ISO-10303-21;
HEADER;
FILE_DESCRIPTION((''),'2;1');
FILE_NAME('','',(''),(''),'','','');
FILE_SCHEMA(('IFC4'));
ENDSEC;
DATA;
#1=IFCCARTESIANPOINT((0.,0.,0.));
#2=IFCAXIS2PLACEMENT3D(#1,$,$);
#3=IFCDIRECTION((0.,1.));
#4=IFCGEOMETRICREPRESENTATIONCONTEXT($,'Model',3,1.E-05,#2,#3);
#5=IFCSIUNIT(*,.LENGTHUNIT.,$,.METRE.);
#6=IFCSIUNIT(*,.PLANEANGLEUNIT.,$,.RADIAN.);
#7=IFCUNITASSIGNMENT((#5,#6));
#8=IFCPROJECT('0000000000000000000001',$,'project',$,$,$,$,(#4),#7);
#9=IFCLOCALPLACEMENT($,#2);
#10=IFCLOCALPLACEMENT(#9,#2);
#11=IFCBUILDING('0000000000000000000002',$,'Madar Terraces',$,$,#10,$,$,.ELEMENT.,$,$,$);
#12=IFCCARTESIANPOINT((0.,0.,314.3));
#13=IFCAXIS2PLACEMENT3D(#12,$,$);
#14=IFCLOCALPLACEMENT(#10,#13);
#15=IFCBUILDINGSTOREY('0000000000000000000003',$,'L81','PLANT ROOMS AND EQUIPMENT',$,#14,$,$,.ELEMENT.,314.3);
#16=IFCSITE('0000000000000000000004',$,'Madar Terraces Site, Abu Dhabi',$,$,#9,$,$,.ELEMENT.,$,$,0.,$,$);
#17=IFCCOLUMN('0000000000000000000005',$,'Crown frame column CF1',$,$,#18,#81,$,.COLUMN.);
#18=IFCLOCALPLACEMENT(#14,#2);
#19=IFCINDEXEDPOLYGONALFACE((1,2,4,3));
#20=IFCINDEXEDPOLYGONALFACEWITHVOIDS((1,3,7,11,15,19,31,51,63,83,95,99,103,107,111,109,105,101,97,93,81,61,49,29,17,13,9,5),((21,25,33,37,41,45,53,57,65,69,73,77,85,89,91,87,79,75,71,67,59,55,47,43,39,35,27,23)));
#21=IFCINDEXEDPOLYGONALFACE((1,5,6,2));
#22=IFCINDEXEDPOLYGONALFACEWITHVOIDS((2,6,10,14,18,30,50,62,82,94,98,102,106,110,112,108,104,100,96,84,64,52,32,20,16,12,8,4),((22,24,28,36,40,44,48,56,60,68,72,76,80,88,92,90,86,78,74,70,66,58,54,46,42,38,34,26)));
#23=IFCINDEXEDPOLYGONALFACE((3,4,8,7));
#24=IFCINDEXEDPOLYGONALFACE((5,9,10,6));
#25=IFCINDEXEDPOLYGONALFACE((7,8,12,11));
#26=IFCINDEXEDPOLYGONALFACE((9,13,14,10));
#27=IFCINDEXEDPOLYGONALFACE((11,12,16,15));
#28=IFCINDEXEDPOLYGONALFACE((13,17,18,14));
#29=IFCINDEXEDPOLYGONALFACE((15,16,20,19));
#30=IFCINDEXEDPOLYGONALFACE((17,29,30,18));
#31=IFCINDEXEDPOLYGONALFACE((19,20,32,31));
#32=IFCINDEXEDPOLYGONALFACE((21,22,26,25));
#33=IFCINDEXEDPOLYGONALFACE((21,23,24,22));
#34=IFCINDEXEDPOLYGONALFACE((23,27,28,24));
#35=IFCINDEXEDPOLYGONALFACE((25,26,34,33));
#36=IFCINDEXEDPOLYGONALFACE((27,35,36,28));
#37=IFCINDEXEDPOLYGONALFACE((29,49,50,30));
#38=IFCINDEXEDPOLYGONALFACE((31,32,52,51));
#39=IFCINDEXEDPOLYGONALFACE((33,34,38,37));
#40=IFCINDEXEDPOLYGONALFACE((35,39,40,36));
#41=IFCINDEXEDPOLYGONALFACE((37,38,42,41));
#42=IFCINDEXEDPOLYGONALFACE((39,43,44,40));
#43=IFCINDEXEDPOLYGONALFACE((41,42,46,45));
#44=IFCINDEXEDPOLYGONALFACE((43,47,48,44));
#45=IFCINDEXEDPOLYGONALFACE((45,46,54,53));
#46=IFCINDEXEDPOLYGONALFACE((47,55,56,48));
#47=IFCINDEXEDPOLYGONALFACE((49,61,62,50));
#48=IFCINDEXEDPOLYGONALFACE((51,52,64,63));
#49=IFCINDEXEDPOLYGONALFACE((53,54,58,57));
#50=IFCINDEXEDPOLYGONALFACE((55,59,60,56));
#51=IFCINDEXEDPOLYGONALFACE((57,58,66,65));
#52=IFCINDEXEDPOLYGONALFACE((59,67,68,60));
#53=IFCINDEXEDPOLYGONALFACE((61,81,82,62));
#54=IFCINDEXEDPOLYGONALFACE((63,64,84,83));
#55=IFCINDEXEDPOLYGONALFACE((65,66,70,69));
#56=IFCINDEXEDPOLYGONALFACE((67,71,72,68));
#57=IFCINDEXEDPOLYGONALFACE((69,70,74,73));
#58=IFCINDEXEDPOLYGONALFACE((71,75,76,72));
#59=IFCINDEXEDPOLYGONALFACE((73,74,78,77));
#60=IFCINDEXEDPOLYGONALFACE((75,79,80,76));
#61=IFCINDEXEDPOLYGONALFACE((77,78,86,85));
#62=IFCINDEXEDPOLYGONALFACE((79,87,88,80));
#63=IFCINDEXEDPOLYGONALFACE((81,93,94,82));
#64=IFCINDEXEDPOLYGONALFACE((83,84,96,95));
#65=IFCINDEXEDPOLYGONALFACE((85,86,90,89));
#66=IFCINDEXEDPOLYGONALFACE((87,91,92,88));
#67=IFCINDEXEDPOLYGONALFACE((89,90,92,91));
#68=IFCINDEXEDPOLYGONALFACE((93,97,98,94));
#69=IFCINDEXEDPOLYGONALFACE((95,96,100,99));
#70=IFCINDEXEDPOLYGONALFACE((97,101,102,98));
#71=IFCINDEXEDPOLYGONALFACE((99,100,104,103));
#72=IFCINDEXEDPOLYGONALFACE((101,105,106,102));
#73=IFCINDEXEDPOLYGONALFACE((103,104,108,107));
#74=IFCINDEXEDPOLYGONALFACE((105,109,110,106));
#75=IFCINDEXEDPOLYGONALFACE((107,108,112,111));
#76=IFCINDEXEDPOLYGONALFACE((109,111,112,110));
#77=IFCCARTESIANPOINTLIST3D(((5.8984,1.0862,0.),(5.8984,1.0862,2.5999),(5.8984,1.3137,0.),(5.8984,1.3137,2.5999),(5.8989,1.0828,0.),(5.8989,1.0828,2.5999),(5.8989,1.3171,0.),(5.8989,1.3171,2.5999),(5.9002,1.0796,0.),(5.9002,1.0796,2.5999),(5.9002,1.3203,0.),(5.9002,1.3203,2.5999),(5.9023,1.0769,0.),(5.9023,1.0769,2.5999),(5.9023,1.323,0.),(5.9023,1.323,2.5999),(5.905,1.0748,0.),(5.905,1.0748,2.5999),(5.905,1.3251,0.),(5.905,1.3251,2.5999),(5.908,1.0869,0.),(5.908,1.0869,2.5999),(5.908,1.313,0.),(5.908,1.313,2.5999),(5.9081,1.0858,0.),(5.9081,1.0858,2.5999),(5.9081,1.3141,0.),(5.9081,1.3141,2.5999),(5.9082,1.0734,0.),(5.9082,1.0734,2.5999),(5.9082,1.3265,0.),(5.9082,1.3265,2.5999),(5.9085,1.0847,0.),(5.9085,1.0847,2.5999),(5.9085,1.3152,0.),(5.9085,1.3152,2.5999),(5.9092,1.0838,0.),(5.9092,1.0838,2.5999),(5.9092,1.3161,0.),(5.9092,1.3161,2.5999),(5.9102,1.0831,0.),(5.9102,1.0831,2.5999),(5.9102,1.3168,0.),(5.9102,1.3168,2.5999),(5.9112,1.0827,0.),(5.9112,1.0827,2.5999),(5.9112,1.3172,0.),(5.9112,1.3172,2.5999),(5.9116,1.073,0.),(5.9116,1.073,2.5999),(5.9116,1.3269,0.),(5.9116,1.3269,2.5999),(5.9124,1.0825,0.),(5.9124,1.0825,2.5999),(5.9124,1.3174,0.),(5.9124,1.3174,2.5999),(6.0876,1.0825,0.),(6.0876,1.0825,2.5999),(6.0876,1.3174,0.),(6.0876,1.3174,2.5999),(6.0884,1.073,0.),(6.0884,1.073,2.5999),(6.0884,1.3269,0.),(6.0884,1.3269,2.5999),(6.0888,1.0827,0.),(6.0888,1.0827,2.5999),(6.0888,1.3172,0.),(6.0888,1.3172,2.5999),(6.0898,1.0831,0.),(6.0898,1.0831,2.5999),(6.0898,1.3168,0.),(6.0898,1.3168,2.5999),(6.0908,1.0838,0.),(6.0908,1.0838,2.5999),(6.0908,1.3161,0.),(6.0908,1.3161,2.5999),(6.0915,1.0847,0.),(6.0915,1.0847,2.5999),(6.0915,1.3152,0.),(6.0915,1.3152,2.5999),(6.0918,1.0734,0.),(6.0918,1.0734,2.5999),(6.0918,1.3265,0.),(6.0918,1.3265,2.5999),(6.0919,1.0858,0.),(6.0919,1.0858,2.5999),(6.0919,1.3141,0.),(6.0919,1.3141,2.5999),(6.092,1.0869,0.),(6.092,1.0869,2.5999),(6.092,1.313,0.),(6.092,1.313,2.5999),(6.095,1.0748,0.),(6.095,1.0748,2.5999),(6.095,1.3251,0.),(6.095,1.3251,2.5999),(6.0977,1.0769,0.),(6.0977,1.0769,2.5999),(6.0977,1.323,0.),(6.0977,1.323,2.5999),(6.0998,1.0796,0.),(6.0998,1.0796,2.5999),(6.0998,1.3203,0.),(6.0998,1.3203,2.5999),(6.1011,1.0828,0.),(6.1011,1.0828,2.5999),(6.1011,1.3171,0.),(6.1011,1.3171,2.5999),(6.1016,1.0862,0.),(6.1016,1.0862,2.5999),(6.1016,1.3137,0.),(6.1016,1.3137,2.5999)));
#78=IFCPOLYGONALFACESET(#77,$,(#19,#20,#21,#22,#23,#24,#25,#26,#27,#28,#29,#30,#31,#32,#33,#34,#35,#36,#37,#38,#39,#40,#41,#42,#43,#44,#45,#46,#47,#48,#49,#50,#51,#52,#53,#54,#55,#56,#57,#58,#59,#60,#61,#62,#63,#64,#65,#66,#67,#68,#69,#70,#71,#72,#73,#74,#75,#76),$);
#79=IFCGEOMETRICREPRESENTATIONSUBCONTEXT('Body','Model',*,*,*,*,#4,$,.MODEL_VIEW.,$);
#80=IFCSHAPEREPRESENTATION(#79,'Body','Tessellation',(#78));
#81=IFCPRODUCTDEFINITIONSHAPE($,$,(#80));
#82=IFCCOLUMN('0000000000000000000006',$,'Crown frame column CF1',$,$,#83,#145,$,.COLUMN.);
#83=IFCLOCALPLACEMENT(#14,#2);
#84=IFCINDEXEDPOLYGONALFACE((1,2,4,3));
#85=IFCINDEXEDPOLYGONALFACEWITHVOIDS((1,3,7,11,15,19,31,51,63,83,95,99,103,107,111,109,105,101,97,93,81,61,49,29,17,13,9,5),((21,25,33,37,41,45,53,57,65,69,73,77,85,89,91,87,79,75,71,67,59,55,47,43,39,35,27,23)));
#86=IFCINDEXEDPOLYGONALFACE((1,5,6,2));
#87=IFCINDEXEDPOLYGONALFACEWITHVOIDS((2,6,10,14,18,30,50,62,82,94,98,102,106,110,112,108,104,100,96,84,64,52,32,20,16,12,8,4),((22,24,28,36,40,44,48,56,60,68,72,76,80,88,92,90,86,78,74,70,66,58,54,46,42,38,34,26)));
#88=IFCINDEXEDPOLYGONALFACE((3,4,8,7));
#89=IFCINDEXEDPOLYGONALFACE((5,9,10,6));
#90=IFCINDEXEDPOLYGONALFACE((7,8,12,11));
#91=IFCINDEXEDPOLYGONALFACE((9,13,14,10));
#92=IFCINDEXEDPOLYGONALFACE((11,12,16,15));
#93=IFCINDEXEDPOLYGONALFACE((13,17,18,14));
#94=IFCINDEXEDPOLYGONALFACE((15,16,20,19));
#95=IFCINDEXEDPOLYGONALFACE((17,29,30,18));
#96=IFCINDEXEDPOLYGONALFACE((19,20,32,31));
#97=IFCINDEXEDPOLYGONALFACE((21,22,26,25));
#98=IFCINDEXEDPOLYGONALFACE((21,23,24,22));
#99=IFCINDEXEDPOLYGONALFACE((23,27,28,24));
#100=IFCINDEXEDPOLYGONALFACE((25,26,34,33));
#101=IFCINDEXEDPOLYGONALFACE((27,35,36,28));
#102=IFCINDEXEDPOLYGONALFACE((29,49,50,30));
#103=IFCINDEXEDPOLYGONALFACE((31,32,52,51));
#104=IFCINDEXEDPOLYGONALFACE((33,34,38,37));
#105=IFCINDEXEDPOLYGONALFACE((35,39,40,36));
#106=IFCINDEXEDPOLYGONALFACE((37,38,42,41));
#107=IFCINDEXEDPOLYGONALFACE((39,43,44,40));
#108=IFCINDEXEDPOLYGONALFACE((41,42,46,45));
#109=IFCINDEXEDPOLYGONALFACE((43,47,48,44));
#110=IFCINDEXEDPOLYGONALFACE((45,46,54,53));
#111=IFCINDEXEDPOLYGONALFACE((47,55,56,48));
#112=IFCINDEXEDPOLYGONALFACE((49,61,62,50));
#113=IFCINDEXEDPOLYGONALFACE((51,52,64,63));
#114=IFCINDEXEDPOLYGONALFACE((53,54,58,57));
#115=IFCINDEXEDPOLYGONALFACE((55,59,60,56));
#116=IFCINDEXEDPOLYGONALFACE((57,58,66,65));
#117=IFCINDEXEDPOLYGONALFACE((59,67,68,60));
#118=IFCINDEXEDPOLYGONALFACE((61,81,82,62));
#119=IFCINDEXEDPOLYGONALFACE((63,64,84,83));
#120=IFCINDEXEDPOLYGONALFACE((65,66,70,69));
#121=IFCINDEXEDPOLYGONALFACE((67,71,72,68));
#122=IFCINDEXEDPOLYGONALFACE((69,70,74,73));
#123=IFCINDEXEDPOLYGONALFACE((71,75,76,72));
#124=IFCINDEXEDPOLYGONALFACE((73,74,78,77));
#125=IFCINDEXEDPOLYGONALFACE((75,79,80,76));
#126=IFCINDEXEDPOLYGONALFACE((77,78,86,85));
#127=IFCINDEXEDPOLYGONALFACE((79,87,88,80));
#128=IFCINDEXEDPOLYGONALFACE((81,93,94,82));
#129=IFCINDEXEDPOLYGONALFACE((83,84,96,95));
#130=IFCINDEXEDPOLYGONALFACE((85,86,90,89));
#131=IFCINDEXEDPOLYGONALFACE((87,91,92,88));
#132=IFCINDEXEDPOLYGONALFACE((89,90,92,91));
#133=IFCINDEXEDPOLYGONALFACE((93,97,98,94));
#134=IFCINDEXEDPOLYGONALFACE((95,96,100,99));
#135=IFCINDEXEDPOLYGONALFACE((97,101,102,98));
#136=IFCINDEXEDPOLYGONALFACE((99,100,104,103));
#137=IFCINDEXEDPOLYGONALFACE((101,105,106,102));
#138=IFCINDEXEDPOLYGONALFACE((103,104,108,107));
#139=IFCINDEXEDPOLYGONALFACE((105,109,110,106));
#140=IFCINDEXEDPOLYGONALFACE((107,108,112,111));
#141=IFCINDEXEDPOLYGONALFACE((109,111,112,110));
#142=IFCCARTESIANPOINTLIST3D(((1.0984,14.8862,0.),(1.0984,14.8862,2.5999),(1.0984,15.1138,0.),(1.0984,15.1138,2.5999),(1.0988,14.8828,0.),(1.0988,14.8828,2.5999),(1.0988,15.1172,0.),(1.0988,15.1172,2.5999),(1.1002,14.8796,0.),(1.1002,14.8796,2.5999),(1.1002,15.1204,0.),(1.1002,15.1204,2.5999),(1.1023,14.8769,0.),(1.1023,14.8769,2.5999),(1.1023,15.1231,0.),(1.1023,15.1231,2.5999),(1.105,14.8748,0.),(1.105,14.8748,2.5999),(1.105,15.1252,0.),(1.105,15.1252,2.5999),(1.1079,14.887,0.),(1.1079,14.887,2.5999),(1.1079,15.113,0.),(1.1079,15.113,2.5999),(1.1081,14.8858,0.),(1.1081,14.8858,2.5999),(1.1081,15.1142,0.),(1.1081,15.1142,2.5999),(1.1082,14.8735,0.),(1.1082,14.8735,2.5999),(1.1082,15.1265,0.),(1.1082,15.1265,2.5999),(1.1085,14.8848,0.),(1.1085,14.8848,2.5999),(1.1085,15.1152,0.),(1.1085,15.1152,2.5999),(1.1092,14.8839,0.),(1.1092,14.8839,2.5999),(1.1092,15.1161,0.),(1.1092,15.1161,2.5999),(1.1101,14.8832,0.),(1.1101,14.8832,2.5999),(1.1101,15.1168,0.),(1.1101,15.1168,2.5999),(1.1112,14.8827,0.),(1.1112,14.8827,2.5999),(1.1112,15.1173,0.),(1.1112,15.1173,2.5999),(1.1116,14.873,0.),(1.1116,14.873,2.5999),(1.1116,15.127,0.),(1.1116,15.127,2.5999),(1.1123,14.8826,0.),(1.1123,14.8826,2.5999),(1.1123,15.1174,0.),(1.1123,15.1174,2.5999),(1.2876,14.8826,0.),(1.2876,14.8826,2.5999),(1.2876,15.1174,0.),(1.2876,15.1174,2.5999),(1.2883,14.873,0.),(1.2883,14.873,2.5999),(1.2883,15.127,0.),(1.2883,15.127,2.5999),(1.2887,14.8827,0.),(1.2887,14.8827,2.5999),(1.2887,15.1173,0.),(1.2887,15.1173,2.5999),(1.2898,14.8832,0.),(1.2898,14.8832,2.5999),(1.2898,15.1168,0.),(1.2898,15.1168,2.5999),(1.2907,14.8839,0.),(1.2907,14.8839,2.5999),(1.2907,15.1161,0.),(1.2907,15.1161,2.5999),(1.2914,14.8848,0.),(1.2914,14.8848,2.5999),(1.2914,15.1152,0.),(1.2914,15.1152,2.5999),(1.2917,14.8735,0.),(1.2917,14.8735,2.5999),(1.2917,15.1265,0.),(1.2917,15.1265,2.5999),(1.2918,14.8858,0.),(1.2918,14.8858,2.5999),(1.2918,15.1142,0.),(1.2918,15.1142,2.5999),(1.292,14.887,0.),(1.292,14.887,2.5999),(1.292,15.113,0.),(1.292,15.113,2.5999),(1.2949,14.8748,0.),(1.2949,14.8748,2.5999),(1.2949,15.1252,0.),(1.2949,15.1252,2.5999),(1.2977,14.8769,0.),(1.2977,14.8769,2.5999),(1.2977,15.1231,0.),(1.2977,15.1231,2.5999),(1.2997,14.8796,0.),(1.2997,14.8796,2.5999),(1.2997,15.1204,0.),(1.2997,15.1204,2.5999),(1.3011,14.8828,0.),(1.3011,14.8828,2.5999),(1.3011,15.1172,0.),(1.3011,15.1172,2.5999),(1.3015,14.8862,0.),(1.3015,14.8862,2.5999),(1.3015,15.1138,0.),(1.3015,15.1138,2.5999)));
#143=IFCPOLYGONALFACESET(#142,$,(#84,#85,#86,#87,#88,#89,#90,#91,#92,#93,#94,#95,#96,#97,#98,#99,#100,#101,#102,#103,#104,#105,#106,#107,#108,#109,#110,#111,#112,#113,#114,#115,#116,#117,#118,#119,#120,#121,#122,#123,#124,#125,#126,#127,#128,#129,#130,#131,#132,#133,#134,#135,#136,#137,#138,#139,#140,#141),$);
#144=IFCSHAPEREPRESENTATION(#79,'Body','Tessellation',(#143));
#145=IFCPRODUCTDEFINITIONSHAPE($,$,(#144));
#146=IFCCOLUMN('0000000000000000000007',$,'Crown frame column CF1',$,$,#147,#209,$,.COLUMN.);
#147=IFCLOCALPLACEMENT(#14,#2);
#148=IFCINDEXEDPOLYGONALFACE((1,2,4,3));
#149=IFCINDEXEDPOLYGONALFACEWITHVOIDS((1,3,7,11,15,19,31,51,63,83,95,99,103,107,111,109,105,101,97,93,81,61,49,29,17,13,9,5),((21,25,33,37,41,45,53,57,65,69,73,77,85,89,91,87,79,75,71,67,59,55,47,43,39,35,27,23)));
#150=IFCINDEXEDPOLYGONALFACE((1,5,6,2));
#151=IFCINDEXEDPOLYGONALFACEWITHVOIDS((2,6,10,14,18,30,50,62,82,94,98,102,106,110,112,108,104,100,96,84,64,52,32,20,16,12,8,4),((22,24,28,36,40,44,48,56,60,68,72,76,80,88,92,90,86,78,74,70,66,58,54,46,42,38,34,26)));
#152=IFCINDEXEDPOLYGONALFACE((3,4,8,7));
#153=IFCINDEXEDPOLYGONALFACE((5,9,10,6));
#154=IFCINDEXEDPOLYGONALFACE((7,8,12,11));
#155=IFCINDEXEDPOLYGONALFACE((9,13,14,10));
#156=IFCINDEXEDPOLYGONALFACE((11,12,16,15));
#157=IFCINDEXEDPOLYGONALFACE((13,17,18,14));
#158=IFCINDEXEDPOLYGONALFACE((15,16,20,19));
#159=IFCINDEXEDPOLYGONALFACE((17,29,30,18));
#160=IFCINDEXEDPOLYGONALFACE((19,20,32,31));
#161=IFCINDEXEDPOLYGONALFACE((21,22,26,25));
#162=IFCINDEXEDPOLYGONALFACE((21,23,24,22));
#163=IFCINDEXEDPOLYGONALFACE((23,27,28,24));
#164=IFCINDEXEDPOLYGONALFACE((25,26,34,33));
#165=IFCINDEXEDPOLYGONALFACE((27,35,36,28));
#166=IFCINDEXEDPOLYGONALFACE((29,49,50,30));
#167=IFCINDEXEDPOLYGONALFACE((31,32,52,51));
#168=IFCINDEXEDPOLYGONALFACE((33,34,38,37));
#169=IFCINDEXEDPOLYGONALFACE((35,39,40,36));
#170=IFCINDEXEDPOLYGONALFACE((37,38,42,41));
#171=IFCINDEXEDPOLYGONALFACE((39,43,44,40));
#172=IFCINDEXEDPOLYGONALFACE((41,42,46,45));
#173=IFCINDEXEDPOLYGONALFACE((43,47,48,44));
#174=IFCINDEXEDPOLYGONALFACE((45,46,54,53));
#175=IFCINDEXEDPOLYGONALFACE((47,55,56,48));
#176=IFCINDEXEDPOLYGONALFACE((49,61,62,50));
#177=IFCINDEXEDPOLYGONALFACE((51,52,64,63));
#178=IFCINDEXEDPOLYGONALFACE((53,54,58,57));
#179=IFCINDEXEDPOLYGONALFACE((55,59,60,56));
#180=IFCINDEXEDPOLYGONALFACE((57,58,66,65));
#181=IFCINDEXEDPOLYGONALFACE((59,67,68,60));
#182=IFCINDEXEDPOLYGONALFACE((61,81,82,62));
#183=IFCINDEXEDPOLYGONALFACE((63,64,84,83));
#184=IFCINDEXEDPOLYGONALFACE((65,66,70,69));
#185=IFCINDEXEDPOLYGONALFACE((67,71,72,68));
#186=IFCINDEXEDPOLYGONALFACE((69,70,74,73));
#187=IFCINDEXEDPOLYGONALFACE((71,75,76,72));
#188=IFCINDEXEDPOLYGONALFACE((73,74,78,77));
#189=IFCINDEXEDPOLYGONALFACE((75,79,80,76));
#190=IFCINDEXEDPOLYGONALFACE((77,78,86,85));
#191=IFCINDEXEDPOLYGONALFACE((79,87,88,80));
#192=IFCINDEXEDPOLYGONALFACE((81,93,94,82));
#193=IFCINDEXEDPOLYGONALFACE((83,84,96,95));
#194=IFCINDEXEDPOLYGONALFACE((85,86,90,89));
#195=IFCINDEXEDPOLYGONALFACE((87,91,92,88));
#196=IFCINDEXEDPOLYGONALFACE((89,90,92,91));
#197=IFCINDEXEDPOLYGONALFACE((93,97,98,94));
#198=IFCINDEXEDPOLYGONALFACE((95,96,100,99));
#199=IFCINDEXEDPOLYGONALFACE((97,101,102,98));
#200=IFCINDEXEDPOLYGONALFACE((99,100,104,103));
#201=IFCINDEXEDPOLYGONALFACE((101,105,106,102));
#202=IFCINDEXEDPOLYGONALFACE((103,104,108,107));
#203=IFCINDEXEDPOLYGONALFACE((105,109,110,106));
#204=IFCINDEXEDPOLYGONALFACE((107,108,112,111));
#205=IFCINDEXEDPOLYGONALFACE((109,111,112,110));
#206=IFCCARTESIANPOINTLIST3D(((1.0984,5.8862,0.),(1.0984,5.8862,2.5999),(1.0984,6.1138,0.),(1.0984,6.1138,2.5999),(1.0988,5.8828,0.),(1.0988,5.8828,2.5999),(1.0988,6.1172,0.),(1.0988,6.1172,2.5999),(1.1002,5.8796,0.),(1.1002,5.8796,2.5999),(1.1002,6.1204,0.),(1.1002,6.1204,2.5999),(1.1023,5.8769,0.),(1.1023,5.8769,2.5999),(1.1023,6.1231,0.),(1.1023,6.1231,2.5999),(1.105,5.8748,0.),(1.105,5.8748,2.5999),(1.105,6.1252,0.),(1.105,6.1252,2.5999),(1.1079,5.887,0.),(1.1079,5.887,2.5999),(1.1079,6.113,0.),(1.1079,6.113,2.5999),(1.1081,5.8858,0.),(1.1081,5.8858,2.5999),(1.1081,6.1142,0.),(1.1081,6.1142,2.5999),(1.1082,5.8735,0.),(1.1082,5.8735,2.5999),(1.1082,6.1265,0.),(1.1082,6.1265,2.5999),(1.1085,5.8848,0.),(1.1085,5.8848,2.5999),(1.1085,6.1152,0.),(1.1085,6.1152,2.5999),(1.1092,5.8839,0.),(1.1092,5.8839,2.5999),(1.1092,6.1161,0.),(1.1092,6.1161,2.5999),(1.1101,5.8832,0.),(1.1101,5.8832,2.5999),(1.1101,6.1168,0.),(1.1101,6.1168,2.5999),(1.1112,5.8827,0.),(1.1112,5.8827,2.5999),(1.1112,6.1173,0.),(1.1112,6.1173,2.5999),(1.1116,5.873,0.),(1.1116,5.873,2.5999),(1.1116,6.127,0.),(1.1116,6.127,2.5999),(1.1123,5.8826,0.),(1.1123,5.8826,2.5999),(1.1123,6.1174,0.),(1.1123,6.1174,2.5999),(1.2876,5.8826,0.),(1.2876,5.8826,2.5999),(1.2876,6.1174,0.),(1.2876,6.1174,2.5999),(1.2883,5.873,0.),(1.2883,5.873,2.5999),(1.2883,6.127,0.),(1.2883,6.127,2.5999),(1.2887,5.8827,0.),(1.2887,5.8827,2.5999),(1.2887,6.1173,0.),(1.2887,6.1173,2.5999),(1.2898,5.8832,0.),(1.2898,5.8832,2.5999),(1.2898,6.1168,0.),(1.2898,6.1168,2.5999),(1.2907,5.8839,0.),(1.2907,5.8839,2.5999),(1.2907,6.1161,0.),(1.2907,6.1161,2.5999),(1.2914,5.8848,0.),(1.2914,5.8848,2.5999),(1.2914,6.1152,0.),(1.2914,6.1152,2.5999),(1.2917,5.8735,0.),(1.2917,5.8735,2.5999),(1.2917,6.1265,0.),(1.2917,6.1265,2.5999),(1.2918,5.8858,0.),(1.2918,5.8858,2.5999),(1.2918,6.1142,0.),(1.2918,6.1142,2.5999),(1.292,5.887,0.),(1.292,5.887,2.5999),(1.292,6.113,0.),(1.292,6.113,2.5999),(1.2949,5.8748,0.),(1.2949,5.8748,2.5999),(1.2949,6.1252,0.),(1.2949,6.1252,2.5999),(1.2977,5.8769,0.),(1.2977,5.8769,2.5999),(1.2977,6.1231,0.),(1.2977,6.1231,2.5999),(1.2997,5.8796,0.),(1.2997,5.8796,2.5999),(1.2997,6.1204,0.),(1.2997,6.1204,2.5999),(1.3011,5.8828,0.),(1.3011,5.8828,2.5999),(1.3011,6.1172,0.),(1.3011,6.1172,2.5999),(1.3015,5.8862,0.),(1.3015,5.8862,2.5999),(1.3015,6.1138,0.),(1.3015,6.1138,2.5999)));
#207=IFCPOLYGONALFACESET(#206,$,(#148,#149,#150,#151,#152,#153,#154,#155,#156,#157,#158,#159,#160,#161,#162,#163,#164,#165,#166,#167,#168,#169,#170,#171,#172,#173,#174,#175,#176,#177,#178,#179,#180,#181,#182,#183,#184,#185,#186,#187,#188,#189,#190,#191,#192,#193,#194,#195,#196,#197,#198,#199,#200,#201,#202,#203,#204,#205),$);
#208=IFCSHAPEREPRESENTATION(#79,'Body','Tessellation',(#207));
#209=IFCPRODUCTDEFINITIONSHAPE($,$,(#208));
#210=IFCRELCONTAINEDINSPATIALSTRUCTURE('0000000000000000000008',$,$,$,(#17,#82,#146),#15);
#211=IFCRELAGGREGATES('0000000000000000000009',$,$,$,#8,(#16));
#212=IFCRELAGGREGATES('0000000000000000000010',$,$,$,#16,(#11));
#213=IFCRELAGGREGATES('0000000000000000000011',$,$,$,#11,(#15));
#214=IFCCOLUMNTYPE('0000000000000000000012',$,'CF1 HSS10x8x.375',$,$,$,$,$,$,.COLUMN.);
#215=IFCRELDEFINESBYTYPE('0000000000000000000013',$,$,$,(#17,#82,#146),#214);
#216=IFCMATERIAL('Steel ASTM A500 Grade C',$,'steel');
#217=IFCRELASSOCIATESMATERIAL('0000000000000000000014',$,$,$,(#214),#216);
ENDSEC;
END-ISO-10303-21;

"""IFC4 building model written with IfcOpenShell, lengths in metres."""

from ifc_helpers import new_model, si_unit, direction, frame, origin, origin_2d, place, context, subcontext, project, spatial, hollow_rectangle, extrude, material, material_profile, profile_set, type_object, element, save


model = new_model("IFC4")

# Units and contexts
model_context = context("Model", 3, precision=1e-05, world=origin(), true_north=direction((0.0, 1.0)))
body_context = subcontext(model_context, "Body", "Model", "MODEL_VIEW")
ifc_project = project(units=[si_unit("LENGTHUNIT", "METRE"), si_unit("PLANEANGLEUNIT", "RADIAN")], contexts=[model_context])

# Site, building, storey
site_placement = place(None, origin())
site = spatial("IfcSite", under=ifc_project, at=site_placement, Name="Madar Terraces Site, Abu Dhabi", CompositionType="ELEMENT", RefElevation=0.0)
building_placement = place(site_placement, origin())
building = spatial("IfcBuilding", under=site, at=building_placement, Name="Madar Terraces", CompositionType="ELEMENT")
storey_placement = place(building_placement, frame((0.0, 0.0, 314.3)))
storey = spatial("IfcBuildingStorey", under=building, at=storey_placement, Name="L81", Description="PLANT ROOMS AND EQUIPMENT", CompositionType="ELEMENT", Elevation=314.3)

# Columns
ifc_material_1 = material(Name="Steel ASTM A500 Grade C", Category="steel")
ifc_material_profile_1 = material_profile(ifc_material_1, hollow_rectangle(XDim=0.2031, YDim=0.2539, WallThickness=0.0095, InnerFilletRadius=0.0044, OuterFilletRadius=0.0132, at=origin_2d()), Name="HSS10x8x.375")
ifc_profile_set_1 = profile_set([ifc_material_profile_1], Name="Steel ASTM A500 Grade C")
column_type = type_object("IfcColumnType", Name="CF1 HSS10x8x.375", PredefinedType="COLUMN", material=ifc_profile_set_1)
for number, where, z_axis, x_axis, name in (
    (1, (6.0, 1.2, 0.0), (0.0, 0.0, 1.0), (1.0, 0.0, 0.0), "Crown frame column CF1"),
    (2, (1.2, 15.0, 0.0), (0.0, 0.0, 1.0), (1.0, 0.0, 0.0), "Crown frame column CF1"),
    (3, (1.2, 6.0, 0.0), (0.0, 0.0, 1.0), (1.0, 0.0, 0.0), "Crown frame column CF1"),
):
    element("IfcColumn", number, at=place(storey_placement, frame(where, z_axis=z_axis, x_axis=x_axis)), inside=storey, type_object=column_type, Name=name, PredefinedType="COLUMN", context=body_context, shape_type="SweptSolid", body=[
        extrude(hollow_rectangle(XDim=0.2031, YDim=0.2539, WallThickness=0.0095, InnerFilletRadius=0.0044, OuterFilletRadius=0.0132, at=origin_2d()), origin(), (0.0, 0.0, 1.0), 2.5999),
    ])

save(model, "model.ifc")
